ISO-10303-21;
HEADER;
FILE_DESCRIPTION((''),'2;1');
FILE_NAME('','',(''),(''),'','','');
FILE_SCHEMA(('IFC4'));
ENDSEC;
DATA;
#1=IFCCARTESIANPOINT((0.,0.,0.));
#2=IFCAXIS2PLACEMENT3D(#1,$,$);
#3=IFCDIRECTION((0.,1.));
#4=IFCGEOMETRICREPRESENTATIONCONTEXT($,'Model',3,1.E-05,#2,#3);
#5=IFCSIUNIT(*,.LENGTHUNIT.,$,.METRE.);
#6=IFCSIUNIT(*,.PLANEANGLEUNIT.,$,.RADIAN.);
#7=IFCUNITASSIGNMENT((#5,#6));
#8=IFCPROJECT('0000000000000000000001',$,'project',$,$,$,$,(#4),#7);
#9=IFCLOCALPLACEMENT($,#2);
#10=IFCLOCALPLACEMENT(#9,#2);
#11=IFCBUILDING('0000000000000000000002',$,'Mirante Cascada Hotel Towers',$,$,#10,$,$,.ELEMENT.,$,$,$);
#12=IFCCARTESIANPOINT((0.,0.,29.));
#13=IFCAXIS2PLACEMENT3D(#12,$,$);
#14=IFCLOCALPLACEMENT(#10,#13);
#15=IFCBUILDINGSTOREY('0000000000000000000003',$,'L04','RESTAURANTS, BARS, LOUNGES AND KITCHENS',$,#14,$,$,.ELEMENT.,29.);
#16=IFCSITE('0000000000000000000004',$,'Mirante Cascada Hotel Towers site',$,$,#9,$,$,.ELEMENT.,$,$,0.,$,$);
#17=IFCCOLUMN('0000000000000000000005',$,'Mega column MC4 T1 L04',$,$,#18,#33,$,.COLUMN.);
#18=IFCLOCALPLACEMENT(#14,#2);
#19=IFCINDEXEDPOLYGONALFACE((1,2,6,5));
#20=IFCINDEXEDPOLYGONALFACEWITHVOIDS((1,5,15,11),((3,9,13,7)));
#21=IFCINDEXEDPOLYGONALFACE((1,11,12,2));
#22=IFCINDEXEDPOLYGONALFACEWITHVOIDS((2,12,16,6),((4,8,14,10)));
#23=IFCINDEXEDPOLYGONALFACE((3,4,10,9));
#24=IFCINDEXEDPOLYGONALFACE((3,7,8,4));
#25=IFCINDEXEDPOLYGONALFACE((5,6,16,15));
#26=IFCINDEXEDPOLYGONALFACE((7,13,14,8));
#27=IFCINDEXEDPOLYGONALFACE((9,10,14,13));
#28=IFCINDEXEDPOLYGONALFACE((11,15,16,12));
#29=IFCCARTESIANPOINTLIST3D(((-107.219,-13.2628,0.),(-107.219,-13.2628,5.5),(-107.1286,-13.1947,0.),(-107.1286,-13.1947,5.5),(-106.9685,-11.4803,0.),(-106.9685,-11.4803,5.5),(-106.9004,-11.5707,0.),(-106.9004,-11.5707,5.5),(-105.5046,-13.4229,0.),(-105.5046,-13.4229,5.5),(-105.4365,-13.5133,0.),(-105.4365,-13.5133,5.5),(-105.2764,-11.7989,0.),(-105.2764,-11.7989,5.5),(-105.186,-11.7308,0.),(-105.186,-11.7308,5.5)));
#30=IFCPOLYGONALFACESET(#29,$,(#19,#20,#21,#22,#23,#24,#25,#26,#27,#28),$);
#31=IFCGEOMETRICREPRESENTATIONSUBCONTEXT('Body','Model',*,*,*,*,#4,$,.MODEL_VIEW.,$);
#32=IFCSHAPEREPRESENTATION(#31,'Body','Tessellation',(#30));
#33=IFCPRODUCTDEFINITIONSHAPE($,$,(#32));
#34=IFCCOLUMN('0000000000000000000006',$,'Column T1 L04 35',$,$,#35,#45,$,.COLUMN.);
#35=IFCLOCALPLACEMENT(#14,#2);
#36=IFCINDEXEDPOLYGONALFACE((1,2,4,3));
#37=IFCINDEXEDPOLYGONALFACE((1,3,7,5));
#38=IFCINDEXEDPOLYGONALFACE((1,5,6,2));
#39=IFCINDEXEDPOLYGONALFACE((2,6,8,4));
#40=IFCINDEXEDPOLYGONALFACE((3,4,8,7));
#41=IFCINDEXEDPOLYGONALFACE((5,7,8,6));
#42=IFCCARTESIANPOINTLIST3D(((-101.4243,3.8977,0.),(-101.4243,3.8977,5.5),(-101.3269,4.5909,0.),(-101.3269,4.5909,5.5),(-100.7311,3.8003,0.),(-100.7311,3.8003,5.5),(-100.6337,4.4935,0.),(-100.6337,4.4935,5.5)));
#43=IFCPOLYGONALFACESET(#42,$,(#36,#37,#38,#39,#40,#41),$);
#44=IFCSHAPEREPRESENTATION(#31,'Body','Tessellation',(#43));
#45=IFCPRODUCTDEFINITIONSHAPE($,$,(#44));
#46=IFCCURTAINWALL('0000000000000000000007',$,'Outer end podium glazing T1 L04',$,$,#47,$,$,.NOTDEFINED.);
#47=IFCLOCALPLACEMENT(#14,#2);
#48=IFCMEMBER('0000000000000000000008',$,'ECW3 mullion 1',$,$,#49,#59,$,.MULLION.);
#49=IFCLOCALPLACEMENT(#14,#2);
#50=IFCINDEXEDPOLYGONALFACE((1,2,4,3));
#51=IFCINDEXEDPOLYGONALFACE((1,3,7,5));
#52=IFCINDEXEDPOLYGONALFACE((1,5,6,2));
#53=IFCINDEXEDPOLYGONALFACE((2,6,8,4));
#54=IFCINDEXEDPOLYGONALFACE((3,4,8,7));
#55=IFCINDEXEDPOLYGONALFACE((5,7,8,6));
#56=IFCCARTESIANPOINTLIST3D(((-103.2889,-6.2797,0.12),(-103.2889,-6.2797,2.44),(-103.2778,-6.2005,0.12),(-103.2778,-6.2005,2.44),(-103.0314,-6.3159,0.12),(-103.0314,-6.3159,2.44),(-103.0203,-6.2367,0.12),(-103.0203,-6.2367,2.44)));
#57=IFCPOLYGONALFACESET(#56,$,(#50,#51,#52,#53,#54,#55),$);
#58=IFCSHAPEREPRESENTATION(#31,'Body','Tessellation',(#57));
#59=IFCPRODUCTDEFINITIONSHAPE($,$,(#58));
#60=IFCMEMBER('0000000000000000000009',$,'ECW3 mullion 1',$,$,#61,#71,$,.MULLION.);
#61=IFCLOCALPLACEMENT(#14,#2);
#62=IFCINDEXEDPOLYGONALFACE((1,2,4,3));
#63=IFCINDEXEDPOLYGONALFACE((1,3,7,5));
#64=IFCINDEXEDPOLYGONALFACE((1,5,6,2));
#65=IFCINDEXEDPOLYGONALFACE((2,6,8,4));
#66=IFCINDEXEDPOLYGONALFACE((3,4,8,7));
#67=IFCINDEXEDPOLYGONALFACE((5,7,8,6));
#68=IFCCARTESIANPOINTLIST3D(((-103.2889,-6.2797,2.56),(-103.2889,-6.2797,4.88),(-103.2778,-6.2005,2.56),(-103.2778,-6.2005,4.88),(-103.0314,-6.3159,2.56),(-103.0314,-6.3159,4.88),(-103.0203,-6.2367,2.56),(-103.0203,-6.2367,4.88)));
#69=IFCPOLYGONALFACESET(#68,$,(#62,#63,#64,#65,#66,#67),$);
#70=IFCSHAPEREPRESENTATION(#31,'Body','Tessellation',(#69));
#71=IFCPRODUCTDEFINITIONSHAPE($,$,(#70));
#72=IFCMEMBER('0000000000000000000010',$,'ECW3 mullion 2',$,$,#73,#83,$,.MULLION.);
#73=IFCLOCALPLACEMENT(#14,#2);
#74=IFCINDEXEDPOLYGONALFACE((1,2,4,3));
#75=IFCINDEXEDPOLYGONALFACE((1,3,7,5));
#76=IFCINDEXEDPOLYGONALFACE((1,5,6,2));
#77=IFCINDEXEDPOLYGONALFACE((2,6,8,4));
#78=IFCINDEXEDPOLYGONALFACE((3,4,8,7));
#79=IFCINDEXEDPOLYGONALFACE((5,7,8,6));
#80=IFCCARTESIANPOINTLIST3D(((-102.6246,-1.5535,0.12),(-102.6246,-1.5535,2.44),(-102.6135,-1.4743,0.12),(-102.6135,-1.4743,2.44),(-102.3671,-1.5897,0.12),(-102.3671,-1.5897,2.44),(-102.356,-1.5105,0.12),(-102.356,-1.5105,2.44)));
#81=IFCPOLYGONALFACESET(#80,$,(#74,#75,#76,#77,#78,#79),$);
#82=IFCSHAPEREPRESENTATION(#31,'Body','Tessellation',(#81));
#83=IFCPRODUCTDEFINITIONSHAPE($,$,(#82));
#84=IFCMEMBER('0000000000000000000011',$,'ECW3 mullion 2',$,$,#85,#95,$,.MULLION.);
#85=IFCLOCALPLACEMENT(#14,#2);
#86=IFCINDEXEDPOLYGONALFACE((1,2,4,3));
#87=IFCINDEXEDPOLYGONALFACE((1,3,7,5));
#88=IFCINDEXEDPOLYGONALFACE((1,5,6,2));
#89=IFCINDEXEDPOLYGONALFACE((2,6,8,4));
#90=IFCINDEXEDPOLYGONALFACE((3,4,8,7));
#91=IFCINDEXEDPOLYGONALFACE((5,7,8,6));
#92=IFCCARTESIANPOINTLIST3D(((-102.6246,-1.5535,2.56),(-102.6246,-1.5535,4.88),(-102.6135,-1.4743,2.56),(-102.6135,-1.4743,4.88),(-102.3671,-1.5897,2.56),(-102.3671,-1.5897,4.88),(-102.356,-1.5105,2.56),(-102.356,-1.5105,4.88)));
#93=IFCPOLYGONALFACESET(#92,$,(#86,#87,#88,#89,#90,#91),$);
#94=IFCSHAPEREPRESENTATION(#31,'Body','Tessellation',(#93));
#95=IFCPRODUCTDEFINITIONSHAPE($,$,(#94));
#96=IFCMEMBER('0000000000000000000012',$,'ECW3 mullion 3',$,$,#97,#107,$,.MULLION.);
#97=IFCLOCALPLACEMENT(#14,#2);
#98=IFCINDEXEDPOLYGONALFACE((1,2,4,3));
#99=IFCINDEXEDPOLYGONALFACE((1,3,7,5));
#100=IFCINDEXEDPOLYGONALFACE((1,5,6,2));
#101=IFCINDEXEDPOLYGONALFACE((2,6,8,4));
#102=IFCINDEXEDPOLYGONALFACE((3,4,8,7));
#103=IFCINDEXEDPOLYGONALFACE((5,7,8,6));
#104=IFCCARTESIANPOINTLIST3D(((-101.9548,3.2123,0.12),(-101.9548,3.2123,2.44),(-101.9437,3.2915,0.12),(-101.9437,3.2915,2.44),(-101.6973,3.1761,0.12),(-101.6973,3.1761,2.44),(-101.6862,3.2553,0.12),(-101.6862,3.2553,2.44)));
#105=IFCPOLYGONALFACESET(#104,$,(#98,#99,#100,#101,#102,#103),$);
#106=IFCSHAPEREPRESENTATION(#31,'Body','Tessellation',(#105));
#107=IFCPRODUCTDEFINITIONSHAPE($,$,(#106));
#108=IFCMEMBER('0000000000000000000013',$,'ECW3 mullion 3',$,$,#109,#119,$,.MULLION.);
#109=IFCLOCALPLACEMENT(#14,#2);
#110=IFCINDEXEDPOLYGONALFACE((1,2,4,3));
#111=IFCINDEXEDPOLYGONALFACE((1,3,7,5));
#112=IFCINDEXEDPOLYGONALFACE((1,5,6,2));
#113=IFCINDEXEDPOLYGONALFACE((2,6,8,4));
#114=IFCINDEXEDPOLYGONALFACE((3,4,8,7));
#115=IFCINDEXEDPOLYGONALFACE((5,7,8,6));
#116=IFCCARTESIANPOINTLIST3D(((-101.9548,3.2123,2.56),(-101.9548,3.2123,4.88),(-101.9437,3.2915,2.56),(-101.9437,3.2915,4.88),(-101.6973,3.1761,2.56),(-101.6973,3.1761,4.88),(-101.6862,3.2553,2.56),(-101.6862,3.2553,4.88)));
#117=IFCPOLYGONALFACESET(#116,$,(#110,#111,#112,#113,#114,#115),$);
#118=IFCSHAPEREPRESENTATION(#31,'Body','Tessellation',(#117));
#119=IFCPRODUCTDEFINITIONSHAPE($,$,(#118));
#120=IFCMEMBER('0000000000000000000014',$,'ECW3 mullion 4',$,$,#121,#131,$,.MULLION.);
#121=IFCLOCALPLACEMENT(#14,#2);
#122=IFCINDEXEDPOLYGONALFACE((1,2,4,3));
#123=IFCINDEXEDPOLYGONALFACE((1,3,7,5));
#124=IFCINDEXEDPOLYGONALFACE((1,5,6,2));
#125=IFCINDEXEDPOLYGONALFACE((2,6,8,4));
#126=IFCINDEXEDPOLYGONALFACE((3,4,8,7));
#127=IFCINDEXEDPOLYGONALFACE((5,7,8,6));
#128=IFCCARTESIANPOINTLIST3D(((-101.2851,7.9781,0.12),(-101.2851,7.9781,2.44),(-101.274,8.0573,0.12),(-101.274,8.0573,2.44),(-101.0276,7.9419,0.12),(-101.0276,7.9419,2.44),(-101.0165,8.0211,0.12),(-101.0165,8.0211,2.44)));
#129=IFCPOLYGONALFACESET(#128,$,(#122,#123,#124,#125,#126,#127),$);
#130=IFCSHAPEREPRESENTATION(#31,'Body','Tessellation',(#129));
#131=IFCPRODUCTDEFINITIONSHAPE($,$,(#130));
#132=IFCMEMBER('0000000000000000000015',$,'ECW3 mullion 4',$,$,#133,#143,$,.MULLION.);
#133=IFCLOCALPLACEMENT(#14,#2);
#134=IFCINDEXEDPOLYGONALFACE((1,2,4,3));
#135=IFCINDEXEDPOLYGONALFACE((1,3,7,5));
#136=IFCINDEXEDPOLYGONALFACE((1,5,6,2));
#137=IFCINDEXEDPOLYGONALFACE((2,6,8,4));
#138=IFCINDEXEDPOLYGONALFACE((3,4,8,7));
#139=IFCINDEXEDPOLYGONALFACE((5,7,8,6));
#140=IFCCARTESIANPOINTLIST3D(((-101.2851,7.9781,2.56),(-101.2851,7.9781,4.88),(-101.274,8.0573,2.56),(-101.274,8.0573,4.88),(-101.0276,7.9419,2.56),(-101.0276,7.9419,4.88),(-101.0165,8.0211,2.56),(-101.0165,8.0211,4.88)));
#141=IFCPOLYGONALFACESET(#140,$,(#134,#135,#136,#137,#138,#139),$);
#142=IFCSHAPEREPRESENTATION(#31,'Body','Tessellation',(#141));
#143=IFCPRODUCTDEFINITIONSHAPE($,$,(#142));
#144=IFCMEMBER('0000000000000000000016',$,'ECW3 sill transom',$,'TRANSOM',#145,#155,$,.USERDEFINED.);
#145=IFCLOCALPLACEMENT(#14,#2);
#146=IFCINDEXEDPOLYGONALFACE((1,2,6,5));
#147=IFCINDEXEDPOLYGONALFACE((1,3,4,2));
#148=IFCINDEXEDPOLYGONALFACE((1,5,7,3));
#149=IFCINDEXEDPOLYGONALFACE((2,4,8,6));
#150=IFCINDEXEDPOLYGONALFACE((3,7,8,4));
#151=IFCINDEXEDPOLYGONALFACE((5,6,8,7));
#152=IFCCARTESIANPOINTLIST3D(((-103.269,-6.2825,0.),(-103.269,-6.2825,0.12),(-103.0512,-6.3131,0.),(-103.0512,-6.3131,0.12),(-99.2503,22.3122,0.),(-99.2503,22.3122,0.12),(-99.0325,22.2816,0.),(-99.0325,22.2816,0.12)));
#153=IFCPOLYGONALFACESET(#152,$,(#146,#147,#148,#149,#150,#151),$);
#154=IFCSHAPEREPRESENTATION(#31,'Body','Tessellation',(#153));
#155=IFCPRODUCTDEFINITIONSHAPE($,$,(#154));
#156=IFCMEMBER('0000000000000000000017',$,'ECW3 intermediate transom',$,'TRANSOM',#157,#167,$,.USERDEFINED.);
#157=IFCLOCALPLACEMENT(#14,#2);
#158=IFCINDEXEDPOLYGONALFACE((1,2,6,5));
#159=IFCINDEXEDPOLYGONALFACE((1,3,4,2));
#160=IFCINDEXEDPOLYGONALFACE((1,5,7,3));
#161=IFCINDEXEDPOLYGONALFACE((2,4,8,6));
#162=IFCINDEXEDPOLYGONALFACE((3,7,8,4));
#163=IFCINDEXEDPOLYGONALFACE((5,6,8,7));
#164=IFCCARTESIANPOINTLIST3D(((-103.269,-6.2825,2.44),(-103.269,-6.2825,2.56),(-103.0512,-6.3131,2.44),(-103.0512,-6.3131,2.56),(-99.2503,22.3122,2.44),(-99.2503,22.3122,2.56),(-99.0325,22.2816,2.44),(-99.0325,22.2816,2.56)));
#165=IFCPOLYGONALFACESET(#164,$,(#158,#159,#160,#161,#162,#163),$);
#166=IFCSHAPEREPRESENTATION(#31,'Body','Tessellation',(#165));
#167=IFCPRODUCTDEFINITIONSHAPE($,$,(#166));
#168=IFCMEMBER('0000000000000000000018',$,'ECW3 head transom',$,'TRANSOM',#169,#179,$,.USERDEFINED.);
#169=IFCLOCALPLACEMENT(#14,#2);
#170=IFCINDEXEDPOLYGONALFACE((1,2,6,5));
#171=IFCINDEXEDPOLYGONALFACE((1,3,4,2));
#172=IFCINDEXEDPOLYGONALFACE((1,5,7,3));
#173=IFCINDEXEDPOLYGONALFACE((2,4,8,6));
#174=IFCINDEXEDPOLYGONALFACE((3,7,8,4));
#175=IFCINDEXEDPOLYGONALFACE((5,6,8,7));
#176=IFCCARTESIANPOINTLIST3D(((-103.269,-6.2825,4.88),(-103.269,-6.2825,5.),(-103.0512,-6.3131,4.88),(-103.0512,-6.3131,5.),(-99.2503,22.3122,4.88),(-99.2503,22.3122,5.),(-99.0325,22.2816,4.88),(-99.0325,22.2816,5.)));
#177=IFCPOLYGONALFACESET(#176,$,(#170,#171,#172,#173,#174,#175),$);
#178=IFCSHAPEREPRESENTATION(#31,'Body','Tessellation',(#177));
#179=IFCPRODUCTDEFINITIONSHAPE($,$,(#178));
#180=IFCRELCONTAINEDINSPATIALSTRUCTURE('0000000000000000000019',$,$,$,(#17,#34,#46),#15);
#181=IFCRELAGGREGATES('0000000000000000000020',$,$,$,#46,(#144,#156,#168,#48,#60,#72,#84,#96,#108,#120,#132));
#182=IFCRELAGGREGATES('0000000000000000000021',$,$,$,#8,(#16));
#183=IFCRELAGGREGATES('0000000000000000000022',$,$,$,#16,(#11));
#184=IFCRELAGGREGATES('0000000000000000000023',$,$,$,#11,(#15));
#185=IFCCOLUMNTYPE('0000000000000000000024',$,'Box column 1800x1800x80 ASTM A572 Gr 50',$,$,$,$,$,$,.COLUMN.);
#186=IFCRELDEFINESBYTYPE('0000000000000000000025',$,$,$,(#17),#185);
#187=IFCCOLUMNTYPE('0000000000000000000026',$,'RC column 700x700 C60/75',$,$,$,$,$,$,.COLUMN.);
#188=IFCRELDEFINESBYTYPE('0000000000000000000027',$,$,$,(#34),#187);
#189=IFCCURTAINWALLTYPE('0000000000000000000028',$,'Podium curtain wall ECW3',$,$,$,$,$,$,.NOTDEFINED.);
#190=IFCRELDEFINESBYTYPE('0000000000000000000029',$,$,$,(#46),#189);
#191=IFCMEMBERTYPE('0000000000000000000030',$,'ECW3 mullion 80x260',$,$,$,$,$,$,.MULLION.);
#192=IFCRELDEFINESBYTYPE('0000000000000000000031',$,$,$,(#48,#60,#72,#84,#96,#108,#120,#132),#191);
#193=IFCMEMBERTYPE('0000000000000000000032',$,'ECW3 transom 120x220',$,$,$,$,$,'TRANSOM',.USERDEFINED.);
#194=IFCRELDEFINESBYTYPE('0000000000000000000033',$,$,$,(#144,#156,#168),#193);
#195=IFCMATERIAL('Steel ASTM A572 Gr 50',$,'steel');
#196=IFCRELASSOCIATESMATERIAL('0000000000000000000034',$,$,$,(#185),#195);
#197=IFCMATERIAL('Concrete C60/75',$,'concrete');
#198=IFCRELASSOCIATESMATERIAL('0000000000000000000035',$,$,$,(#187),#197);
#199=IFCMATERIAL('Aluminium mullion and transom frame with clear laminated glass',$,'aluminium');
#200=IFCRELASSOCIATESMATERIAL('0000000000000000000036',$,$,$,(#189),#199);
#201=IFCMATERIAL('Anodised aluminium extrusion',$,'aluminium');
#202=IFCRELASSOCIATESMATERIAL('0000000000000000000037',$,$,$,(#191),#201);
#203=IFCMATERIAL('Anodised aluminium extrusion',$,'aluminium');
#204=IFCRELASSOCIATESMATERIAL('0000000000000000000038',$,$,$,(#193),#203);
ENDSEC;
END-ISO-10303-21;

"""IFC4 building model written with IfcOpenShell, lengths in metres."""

from ifc_helpers import new_model, si_unit, direction, frame, origin, origin_2d, place, context, subcontext, project, spatial, rectangle, hollow_rectangle, extrude, material, material_profile, profile_set, type_object, element, aggregate, save


model = new_model("IFC4")

# Units and contexts
model_context = context("Model", 3, precision=1e-05, world=origin(), true_north=direction((0.0, 1.0)))
body_context = subcontext(model_context, "Body", "Model", "MODEL_VIEW")
ifc_project = project(units=[si_unit("LENGTHUNIT", "METRE"), si_unit("PLANEANGLEUNIT", "RADIAN")], contexts=[model_context])

# Site, building, storey
site_placement = place(None, origin())
site = spatial("IfcSite", under=ifc_project, at=site_placement, Name="Mirante Cascada Hotel Towers site", CompositionType="ELEMENT", RefElevation=0.0)
building_placement = place(site_placement, origin())
building = spatial("IfcBuilding", under=site, at=building_placement, Name="Mirante Cascada Hotel Towers", CompositionType="ELEMENT")
storey_placement = place(building_placement, frame((0.0, 0.0, 29.0)))
storey = spatial("IfcBuildingStorey", under=building, at=storey_placement, Name="L04", Description="RESTAURANTS, BARS, LOUNGES AND KITCHENS", CompositionType="ELEMENT", Elevation=29.0)

# Columns
ifc_material_1 = material(Name="Steel ASTM A572 Gr 50", Category="steel")
ifc_material_profile_1 = material_profile(ifc_material_1, hollow_rectangle(XDim=1.8, YDim=1.8, WallThickness=0.08, at=origin_2d()), Name="Box column 1800x1800x80 ASTM A572 Gr 50")
ifc_profile_set_1 = profile_set([ifc_material_profile_1], Name="Steel ASTM A572 Gr 50")
column_type_1 = type_object("IfcColumnType", Name="Box column 1800x1800x80 ASTM A572 Gr 50", PredefinedType="COLUMN", material=ifc_profile_set_1)
column_1_placement = place(storey_placement, frame((-106.2025, -12.4968, 0.0), z_axis=(0.0, 0.0, 1.0), x_axis=(-0.990268, 0.139173, 0.0)))
element("IfcColumn", 1, at=column_1_placement, inside=storey, type_object=column_type_1, Name="Mega column MC4 T1 L04", PredefinedType="COLUMN", context=body_context, shape_type="SweptSolid", body=[
    extrude(hollow_rectangle(XDim=1.8, YDim=1.8, WallThickness=0.08, at=origin_2d()), origin(), (0.0, 0.0, 1.0), 5.5),
])
ifc_material_2 = material(Name="Concrete C60/75", Category="concrete")
ifc_material_profile_2 = material_profile(ifc_material_2, rectangle(XDim=0.7, YDim=0.7, at=origin_2d()), Name="RC column 700x700 C60/75")
ifc_profile_set_2 = profile_set([ifc_material_profile_2], Name="Concrete C60/75")
column_type_2 = type_object("IfcColumnType", Name="RC column 700x700 C60/75", PredefinedType="COLUMN", material=ifc_profile_set_2)
column_2_placement = place(storey_placement, frame((-101.029, 4.1956, 0.0), z_axis=(0.0, 0.0, 1.0), x_axis=(-0.990268, 0.139173, 0.0)))
element("IfcColumn", 2, at=column_2_placement, inside=storey, type_object=column_type_2, Name="Column T1 L04 35", PredefinedType="COLUMN", context=body_context, shape_type="SweptSolid", body=[
    extrude(rectangle(XDim=0.7, YDim=0.7, at=origin_2d()), origin(), (0.0, 0.0, 1.0), 5.5),
])

# Curtain wall, members
ifc_material_3 = material(Name="Aluminium mullion and transom frame with clear laminated glass", Category="aluminium")
curtain_wall_type = type_object("IfcCurtainWallType", Name="Podium curtain wall ECW3", PredefinedType="NOTDEFINED", material=ifc_material_3)
curtain_wall_placement = place(storey_placement, origin())
curtain_wall = element("IfcCurtainWall", 3, at=curtain_wall_placement, inside=storey, type_object=curtain_wall_type, Name="Outer end podium glazing T1 L04", PredefinedType="NOTDEFINED")
ifc_material_4 = material(Name="Anodised aluminium extrusion", Category="aluminium")
ifc_material_profile_3 = material_profile(ifc_material_4, rectangle(XDim=0.26, YDim=0.08, at=origin_2d()), Name="ECW3 MULLION 80x260")
ifc_profile_set_3 = profile_set([ifc_material_profile_3], Name="Anodised aluminium extrusion")
member_type_1 = type_object("IfcMemberType", Name="ECW3 mullion 80x260", PredefinedType="MULLION", material=ifc_profile_set_3)
member_1_placement = place(storey_placement, frame((-103.1546, -6.2582, 0.12), z_axis=(0.0, 0.0, 1.0), x_axis=(-0.990268, 0.139173, 0.0)))
member_1 = element("IfcMember", 4, at=member_1_placement, type_object=member_type_1, Name="ECW3 mullion 1", PredefinedType="MULLION", context=body_context, shape_type="SweptSolid", body=[
    extrude(rectangle(XDim=0.26, YDim=0.08, at=origin_2d()), origin(), (0.0, 0.0, 1.0), 2.32),
])
member_2_placement = place(storey_placement, frame((-103.1546, -6.2582, 2.56), z_axis=(0.0, 0.0, 1.0), x_axis=(-0.990268, 0.139173, 0.0)))
member_2 = element("IfcMember", 5, at=member_2_placement, type_object=member_type_1, Name="ECW3 mullion 1", PredefinedType="MULLION", context=body_context, shape_type="SweptSolid", body=[
    extrude(rectangle(XDim=0.26, YDim=0.08, at=origin_2d()), origin(), (0.0, 0.0, 1.0), 2.32),
])
member_3_placement = place(storey_placement, frame((-102.4903, -1.532, 0.12), z_axis=(0.0, 0.0, 1.0), x_axis=(-0.990268, 0.139173, 0.0)))
member_3 = element("IfcMember", 6, at=member_3_placement, type_object=member_type_1, Name="ECW3 mullion 2", PredefinedType="MULLION", context=body_context, shape_type="SweptSolid", body=[
    extrude(rectangle(XDim=0.26, YDim=0.08, at=origin_2d()), origin(), (0.0, 0.0, 1.0), 2.32),
])
member_4_placement = place(storey_placement, frame((-102.4903, -1.532, 2.56), z_axis=(0.0, 0.0, 1.0), x_axis=(-0.990268, 0.139173, 0.0)))
member_4 = element("IfcMember", 7, at=member_4_placement, type_object=member_type_1, Name="ECW3 mullion 2", PredefinedType="MULLION", context=body_context, shape_type="SweptSolid", body=[
    extrude(rectangle(XDim=0.26, YDim=0.08, at=origin_2d()), origin(), (0.0, 0.0, 1.0), 2.32),
])
member_5_placement = place(storey_placement, frame((-101.8205, 3.2338, 0.12), z_axis=(0.0, 0.0, 1.0), x_axis=(-0.990268, 0.139173, 0.0)))
member_5 = element("IfcMember", 8, at=member_5_placement, type_object=member_type_1, Name="ECW3 mullion 3", PredefinedType="MULLION", context=body_context, shape_type="SweptSolid", body=[
    extrude(rectangle(XDim=0.26, YDim=0.08, at=origin_2d()), origin(), (0.0, 0.0, 1.0), 2.32),
])
member_6_placement = place(storey_placement, frame((-101.8205, 3.2338, 2.56), z_axis=(0.0, 0.0, 1.0), x_axis=(-0.990268, 0.139173, 0.0)))
member_6 = element("IfcMember", 9, at=member_6_placement, type_object=member_type_1, Name="ECW3 mullion 3", PredefinedType="MULLION", context=body_context, shape_type="SweptSolid", body=[
    extrude(rectangle(XDim=0.26, YDim=0.08, at=origin_2d()), origin(), (0.0, 0.0, 1.0), 2.32),
])
member_7_placement = place(storey_placement, frame((-101.1508, 7.9996, 0.12), z_axis=(0.0, 0.0, 1.0), x_axis=(-0.990268, 0.139173, 0.0)))
member_7 = element("IfcMember", 10, at=member_7_placement, type_object=member_type_1, Name="ECW3 mullion 4", PredefinedType="MULLION", context=body_context, shape_type="SweptSolid", body=[
    extrude(rectangle(XDim=0.26, YDim=0.08, at=origin_2d()), origin(), (0.0, 0.0, 1.0), 2.32),
])
member_8_placement = place(storey_placement, frame((-101.1508, 7.9996, 2.56), z_axis=(0.0, 0.0, 1.0), x_axis=(-0.990268, 0.139173, 0.0)))
member_8 = element("IfcMember", 11, at=member_8_placement, type_object=member_type_1, Name="ECW3 mullion 4", PredefinedType="MULLION", context=body_context, shape_type="SweptSolid", body=[
    extrude(rectangle(XDim=0.26, YDim=0.08, at=origin_2d()), origin(), (0.0, 0.0, 1.0), 2.32),
])
ifc_material_5 = material(Name="Anodised aluminium extrusion", Category="aluminium")
ifc_material_profile_4 = material_profile(ifc_material_5, rectangle(XDim=0.22, YDim=0.12, at=origin_2d()), Name="ECW3 TRANSOM 120x220")
ifc_profile_set_4 = profile_set([ifc_material_profile_4], Name="Anodised aluminium extrusion")
member_type_2 = type_object("IfcMemberType", Name="ECW3 transom 120x220", ElementType="TRANSOM", PredefinedType="USERDEFINED", material=ifc_profile_set_4)
member_9_placement = place(storey_placement, frame((-103.1601, -6.2978, 0.06), z_axis=(0.139172, 0.990268, 0.0), x_axis=(-0.990268, 0.139172, 0.0)))
member_9 = element("IfcMember", 12, at=member_9_placement, type_object=member_type_2, Name="ECW3 sill transom", ObjectType="TRANSOM", PredefinedType="USERDEFINED", context=body_context, shape_type="SweptSolid", body=[
    extrude(rectangle(XDim=0.22, YDim=0.12, at=origin_2d()), origin(), (0.0, 0.0, 1.0), 28.8757),
])
member_10_placement = place(storey_placement, frame((-103.1601, -6.2978, 2.5), z_axis=(0.139172, 0.990268, 0.0), x_axis=(-0.990268, 0.139172, 0.0)))
member_10 = element("IfcMember", 13, at=member_10_placement, type_object=member_type_2, Name="ECW3 intermediate transom", ObjectType="TRANSOM", PredefinedType="USERDEFINED", context=body_context, shape_type="SweptSolid", body=[
    extrude(rectangle(XDim=0.22, YDim=0.12, at=origin_2d()), origin(), (0.0, 0.0, 1.0), 28.8757),
])
member_11_placement = place(storey_placement, frame((-103.1601, -6.2978, 4.94), z_axis=(0.139172, 0.990268, 0.0), x_axis=(-0.990268, 0.139172, 0.0)))
member_11 = element("IfcMember", 14, at=member_11_placement, type_object=member_type_2, Name="ECW3 head transom", ObjectType="TRANSOM", PredefinedType="USERDEFINED", context=body_context, shape_type="SweptSolid", body=[
    extrude(rectangle(XDim=0.22, YDim=0.12, at=origin_2d()), origin(), (0.0, 0.0, 1.0), 28.8757),
])
aggregate(curtain_wall, [member_9, member_10, member_11, member_1, member_2, member_3, member_4, member_5, member_6, member_7, member_8])

save(model, "model.ifc")
